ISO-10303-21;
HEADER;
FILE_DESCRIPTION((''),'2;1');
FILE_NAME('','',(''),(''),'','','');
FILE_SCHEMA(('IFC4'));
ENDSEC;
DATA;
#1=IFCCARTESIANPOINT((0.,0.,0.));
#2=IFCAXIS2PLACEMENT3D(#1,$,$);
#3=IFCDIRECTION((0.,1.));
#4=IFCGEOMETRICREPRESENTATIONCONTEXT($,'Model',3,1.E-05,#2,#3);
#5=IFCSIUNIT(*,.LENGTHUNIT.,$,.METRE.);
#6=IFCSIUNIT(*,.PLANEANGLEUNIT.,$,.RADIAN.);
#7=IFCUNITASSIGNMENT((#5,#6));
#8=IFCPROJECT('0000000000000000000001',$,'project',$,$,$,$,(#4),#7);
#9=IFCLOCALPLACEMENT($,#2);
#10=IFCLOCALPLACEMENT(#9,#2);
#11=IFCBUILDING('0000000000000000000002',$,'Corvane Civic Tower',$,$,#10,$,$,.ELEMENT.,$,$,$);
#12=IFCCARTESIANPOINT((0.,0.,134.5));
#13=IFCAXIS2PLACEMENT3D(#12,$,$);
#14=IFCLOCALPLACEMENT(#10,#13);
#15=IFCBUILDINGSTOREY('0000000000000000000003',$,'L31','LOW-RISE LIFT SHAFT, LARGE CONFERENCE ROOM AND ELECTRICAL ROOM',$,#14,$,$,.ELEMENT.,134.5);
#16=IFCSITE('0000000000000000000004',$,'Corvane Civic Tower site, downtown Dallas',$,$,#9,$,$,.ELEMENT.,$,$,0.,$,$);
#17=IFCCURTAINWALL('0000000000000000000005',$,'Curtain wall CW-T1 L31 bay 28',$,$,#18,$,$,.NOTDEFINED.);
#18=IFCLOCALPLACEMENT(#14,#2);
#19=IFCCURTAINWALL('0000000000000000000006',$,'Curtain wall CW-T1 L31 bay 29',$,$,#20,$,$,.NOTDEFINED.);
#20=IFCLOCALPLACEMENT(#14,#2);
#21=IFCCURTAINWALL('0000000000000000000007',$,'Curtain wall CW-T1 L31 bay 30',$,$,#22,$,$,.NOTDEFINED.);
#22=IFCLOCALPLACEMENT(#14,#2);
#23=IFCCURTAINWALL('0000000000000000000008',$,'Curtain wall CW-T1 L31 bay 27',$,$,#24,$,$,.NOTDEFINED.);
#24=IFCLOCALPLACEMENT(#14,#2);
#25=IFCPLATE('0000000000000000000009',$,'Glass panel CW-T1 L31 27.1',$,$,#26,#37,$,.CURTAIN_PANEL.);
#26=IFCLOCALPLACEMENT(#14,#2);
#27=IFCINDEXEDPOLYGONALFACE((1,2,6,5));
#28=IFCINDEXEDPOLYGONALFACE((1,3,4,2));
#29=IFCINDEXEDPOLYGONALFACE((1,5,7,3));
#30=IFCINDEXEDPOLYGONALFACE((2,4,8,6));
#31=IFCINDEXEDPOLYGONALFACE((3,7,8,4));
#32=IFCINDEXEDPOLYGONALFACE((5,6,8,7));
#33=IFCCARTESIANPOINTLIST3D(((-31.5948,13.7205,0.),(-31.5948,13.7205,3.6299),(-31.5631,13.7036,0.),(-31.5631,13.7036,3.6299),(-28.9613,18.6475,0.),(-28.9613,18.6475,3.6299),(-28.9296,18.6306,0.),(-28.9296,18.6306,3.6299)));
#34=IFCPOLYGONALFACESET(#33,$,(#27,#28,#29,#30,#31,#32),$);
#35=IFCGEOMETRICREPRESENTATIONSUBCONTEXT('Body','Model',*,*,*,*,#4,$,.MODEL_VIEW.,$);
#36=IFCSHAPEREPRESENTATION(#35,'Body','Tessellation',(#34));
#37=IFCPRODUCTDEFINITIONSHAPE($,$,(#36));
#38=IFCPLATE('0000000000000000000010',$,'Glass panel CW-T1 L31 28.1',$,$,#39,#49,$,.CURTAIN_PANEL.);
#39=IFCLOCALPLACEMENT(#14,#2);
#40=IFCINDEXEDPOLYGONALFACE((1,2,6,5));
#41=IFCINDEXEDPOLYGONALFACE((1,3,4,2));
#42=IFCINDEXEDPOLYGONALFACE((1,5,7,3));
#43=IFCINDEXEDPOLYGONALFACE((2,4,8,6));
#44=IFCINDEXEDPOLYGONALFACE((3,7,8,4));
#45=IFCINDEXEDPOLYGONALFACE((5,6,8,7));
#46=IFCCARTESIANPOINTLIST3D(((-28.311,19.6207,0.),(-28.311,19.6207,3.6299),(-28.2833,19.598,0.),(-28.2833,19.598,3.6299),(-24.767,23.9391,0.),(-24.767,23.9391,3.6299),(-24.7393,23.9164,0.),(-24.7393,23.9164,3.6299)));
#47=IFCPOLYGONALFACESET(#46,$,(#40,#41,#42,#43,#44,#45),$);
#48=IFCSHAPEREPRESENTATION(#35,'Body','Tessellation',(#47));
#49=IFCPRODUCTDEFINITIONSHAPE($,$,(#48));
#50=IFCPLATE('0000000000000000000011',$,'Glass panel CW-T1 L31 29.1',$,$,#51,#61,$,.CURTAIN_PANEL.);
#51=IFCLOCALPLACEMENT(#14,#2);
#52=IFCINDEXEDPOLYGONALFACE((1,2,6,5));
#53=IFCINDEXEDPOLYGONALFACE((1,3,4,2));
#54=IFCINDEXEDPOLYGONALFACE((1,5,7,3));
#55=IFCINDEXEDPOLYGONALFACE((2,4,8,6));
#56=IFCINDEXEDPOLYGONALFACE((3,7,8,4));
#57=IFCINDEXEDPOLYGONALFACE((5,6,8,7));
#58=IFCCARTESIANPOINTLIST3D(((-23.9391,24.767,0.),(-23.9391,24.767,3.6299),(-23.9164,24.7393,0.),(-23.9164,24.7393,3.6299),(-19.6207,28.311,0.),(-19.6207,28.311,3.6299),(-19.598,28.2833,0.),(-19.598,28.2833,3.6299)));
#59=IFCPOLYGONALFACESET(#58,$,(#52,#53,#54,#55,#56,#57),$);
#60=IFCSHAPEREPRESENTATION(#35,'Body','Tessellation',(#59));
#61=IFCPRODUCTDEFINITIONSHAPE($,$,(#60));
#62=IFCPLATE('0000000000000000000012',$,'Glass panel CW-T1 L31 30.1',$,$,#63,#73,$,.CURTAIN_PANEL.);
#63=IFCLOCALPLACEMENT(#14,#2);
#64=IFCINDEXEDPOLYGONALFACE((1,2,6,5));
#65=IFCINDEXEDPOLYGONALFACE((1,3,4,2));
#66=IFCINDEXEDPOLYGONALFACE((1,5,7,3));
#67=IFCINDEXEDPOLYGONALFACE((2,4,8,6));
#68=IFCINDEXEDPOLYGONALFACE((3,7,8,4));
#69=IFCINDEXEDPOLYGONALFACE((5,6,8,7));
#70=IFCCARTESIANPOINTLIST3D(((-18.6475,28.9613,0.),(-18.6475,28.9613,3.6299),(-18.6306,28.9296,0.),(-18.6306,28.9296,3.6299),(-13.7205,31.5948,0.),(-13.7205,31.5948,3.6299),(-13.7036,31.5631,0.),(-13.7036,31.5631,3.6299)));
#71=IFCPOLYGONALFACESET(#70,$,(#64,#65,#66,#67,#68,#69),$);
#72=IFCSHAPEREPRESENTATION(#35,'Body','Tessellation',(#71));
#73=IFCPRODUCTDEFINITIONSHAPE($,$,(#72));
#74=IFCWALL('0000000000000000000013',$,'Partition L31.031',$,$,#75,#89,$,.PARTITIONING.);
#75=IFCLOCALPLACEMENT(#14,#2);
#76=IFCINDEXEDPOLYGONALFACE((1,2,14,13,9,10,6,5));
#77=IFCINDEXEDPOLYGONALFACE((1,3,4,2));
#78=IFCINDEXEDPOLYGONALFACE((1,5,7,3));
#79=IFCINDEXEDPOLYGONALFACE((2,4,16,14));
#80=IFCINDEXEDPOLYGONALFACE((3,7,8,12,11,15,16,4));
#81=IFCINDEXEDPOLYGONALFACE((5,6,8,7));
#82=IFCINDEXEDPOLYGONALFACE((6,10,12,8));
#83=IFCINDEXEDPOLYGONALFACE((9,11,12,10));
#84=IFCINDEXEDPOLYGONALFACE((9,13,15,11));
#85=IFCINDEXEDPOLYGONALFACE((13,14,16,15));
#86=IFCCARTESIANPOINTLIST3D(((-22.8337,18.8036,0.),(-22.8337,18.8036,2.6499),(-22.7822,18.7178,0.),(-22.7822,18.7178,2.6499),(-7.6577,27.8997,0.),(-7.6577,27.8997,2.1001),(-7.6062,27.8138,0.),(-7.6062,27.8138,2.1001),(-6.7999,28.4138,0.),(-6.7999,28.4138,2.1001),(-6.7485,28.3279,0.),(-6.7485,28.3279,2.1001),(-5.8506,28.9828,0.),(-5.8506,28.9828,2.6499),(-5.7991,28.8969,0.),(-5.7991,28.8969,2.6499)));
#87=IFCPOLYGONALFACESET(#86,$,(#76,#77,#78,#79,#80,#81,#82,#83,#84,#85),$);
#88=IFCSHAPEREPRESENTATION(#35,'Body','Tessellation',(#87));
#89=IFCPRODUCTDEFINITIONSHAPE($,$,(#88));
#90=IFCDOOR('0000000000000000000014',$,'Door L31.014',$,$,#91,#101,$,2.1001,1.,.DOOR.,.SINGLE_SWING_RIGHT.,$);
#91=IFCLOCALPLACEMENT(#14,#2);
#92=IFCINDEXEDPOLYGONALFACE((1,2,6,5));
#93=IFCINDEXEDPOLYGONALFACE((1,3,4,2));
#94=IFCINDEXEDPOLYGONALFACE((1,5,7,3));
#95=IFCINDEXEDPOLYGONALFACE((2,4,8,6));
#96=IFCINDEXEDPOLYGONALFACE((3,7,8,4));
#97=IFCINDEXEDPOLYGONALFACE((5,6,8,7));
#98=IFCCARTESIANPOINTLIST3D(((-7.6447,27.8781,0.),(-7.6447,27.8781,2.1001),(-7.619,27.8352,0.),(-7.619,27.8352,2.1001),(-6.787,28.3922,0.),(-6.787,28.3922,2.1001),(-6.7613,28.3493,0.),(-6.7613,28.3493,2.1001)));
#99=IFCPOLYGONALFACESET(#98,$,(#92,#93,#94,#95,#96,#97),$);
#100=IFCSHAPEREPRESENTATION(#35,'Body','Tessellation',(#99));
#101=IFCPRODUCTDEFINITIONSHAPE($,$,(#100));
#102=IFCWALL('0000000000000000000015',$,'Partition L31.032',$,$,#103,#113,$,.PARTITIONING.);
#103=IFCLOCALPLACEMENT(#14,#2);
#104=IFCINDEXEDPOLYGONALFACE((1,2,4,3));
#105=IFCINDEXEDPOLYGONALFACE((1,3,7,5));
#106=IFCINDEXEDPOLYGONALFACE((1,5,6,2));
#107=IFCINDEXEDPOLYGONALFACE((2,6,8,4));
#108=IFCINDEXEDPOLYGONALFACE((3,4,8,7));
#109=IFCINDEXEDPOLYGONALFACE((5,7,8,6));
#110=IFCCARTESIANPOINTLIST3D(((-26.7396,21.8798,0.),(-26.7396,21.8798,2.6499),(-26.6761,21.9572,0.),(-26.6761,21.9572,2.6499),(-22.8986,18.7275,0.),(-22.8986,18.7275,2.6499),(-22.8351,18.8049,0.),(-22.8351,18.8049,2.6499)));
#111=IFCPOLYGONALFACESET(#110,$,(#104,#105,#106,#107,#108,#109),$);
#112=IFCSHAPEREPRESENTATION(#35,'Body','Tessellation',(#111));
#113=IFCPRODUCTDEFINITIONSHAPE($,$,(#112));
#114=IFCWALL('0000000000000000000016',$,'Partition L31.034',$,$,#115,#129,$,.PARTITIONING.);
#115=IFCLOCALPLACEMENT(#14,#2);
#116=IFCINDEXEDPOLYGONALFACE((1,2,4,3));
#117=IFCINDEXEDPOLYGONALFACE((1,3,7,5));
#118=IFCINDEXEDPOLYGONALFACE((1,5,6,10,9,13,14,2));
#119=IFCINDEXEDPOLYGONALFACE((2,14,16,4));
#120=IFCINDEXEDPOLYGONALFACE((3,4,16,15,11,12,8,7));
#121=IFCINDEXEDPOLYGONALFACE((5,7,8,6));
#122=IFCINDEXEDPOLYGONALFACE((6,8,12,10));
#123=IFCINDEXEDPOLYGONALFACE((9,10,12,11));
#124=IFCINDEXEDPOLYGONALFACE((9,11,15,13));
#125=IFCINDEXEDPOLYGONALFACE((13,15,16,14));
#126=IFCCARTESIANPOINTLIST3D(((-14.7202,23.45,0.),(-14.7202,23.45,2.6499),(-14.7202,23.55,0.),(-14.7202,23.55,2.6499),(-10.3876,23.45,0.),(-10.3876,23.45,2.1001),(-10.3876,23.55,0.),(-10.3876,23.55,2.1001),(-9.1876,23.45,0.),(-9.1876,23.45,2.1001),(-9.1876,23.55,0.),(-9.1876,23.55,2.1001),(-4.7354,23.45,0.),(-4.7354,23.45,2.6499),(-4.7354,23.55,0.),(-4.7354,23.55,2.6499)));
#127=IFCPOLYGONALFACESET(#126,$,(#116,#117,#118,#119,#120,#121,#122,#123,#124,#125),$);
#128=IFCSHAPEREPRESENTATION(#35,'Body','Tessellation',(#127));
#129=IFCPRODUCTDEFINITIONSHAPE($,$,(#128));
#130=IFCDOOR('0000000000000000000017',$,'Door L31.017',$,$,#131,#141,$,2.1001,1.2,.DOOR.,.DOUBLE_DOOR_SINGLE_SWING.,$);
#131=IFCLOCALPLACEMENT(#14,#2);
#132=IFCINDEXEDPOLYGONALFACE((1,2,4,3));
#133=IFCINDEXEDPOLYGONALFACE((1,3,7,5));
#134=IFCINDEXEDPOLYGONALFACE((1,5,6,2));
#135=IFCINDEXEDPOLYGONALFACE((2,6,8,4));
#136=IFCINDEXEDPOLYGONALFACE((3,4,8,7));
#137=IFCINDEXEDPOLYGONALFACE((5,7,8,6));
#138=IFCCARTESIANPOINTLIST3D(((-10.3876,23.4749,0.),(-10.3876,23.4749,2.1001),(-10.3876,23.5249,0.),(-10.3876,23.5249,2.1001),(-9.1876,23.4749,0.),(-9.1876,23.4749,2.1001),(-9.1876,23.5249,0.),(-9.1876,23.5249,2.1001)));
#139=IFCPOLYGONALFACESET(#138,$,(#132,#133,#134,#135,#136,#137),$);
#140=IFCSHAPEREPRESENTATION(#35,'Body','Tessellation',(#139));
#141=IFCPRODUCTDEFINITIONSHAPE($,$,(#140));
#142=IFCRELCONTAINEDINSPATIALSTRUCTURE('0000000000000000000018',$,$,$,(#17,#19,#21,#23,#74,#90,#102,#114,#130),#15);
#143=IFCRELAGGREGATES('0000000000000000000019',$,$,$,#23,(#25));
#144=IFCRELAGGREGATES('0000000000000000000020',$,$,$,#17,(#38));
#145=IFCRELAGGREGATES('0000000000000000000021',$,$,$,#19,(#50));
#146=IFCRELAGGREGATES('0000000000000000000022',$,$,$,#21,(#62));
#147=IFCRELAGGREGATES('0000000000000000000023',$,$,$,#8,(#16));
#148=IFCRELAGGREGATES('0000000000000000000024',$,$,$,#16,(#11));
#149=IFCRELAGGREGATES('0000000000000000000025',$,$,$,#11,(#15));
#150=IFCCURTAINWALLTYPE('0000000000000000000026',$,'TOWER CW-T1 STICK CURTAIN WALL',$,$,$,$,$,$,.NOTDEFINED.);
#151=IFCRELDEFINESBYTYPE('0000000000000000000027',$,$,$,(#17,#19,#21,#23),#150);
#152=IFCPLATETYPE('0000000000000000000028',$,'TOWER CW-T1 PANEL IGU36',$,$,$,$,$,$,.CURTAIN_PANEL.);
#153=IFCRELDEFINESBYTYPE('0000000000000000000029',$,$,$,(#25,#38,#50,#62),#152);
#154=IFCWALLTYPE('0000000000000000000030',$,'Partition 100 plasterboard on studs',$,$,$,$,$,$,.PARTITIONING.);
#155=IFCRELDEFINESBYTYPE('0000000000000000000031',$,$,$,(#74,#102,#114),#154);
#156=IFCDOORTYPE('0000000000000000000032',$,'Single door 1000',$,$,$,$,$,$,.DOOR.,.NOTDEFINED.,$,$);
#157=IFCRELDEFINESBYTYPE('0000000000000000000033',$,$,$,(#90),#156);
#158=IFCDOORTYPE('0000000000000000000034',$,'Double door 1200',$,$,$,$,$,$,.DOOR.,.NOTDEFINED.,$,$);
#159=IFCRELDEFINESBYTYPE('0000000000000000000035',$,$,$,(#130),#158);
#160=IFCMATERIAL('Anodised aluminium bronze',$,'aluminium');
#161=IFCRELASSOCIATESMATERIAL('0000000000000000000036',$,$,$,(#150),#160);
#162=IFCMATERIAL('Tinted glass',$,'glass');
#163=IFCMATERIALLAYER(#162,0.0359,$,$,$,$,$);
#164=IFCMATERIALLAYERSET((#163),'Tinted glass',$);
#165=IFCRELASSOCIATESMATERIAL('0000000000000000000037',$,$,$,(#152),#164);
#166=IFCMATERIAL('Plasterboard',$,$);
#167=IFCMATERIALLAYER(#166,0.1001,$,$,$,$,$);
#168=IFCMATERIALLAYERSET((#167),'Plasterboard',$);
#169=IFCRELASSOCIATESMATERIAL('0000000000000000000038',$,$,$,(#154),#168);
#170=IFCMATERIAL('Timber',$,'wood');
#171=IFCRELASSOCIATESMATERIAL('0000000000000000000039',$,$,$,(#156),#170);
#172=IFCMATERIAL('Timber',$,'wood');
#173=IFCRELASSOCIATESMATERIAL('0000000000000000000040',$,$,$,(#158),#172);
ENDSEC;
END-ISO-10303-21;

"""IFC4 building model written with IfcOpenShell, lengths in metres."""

from ifc_helpers import new_model, si_unit, direction, frame, frame_2d, origin, origin_2d, place, context, subcontext, project, spatial, rectangle, extrude, material, layer, layer_set, type_object, element, fill, aggregate, save


model = new_model("IFC4")

# Units and contexts
model_context = context("Model", 3, precision=1e-05, world=origin(), true_north=direction((0.0, 1.0)))
body_context = subcontext(model_context, "Body", "Model", "MODEL_VIEW")
ifc_project = project(units=[si_unit("LENGTHUNIT", "METRE"), si_unit("PLANEANGLEUNIT", "RADIAN")], contexts=[model_context])

# Site, building, storey
site_placement = place(None, origin())
site = spatial("IfcSite", under=ifc_project, at=site_placement, Name="Corvane Civic Tower site, downtown Dallas", CompositionType="ELEMENT", RefElevation=0.0)
building_placement = place(site_placement, origin())
building = spatial("IfcBuilding", under=site, at=building_placement, Name="Corvane Civic Tower", CompositionType="ELEMENT")
storey_placement = place(building_placement, frame((0.0, 0.0, 134.5)))
storey = spatial("IfcBuildingStorey", under=building, at=storey_placement, Name="L31", Description="LOW-RISE LIFT SHAFT, LARGE CONFERENCE ROOM AND ELECTRICAL ROOM", CompositionType="ELEMENT", Elevation=134.5)

# Curtain walls
ifc_material_1 = material(Name="Anodised aluminium bronze", Category="aluminium")
curtain_wall_type = type_object("IfcCurtainWallType", Name="TOWER CW-T1 STICK CURTAIN WALL", PredefinedType="NOTDEFINED", material=ifc_material_1)
curtain_wall_1_placement = place(storey_placement, origin())
curtain_wall_1 = element("IfcCurtainWall", 1, at=curtain_wall_1_placement, inside=storey, type_object=curtain_wall_type, Name="Curtain wall CW-T1 L31 bay 28", PredefinedType="NOTDEFINED")
curtain_wall_2_placement = place(storey_placement, origin())
curtain_wall_2 = element("IfcCurtainWall", 2, at=curtain_wall_2_placement, inside=storey, type_object=curtain_wall_type, Name="Curtain wall CW-T1 L31 bay 29", PredefinedType="NOTDEFINED")
curtain_wall_3_placement = place(storey_placement, origin())
curtain_wall_3 = element("IfcCurtainWall", 3, at=curtain_wall_3_placement, inside=storey, type_object=curtain_wall_type, Name="Curtain wall CW-T1 L31 bay 30", PredefinedType="NOTDEFINED")

# Curtain wall, plate
curtain_wall_4_placement = place(storey_placement, origin())
curtain_wall_4 = element("IfcCurtainWall", 4, at=curtain_wall_4_placement, inside=storey, type_object=curtain_wall_type, Name="Curtain wall CW-T1 L31 bay 27", PredefinedType="NOTDEFINED")
ifc_material_2 = material(Name="Tinted glass", Category="glass")
ifc_layer_1 = layer(ifc_material_2, 0.0359)
ifc_layer_set_1 = layer_set([ifc_layer_1], Name="Tinted glass")
plate_type = type_object("IfcPlateType", Name="TOWER CW-T1 PANEL IGU36", PredefinedType="CURTAIN_PANEL", material=ifc_layer_set_1)
plate_1_placement = place(storey_placement, frame((-30.2622, 16.1755, 0.0), z_axis=(0.0, 0.0, 1.0), x_axis=(0.471392, 0.881924, 0.0)))
plate_1 = element("IfcPlate", 5, at=plate_1_placement, type_object=plate_type, Name="Glass panel CW-T1 L31 27.1", PredefinedType="CURTAIN_PANEL", context=body_context, shape_type="SweptSolid", body=[
    extrude(rectangle(XDim=5.5867, YDim=0.0359, at=origin_2d()), origin(), (0.0, 0.0, 1.0), 3.6299),
])
aggregate(curtain_wall_4, [plate_1])

# Plates
plate_2_placement = place(storey_placement, frame((-26.5251, 21.7686, 0.0), z_axis=(0.0, 0.0, 1.0), x_axis=(0.63439, 0.773013, 0.0)))
plate_2 = element("IfcPlate", 6, at=plate_2_placement, type_object=plate_type, Name="Glass panel CW-T1 L31 28.1", PredefinedType="CURTAIN_PANEL", context=body_context, shape_type="SweptSolid", body=[
    extrude(rectangle(XDim=5.5864, YDim=0.0359, at=origin_2d()), origin(), (0.0, 0.0, 1.0), 3.6299),
])
aggregate(curtain_wall_1, [plate_2])
plate_3_placement = place(storey_placement, frame((-21.7686, 26.5251, 0.0), z_axis=(0.0, 0.0, 1.0), x_axis=(0.773013, 0.63439, 0.0)))
plate_3 = element("IfcPlate", 7, at=plate_3_placement, type_object=plate_type, Name="Glass panel CW-T1 L31 29.1", PredefinedType="CURTAIN_PANEL", context=body_context, shape_type="SweptSolid", body=[
    extrude(rectangle(XDim=5.5864, YDim=0.0359, at=origin_2d()), origin(), (0.0, 0.0, 1.0), 3.6299),
])
aggregate(curtain_wall_2, [plate_3])
plate_4_placement = place(storey_placement, frame((-16.1755, 30.2622, 0.0), z_axis=(0.0, 0.0, 1.0), x_axis=(0.881924, 0.471392, 0.0)))
plate_4 = element("IfcPlate", 8, at=plate_4_placement, type_object=plate_type, Name="Glass panel CW-T1 L31 30.1", PredefinedType="CURTAIN_PANEL", context=body_context, shape_type="SweptSolid", body=[
    extrude(rectangle(XDim=5.5867, YDim=0.0359, at=origin_2d()), origin(), (0.0, 0.0, 1.0), 3.6299),
])
aggregate(curtain_wall_3, [plate_4])

# Wall, opening, door
ifc_material_3 = material(Name="Plasterboard")
ifc_layer_2 = layer(ifc_material_3, 0.1001)
ifc_layer_set_2 = layer_set([ifc_layer_2], Name="Plasterboard")
wall_type_1 = type_object("IfcWallType", Name="Partition 100 plasterboard on studs", PredefinedType="PARTITIONING", material=ifc_layer_set_2)
wall_1_placement = place(storey_placement, frame((-22.8079, 18.7607, 0.0), z_axis=(0.0, 0.0, 1.0), x_axis=(0.857731, 0.514099, 0.0)))
wall_1 = element("IfcWall", 9, at=wall_1_placement, inside=storey, type_object=wall_type_1, Name="Partition L31.031", PredefinedType="PARTITIONING", context=body_context, shape_type="SweptSolid", body=[
    extrude(rectangle(XDim=19.8, YDim=0.1001, at=frame_2d((9.8999, 0.0))), origin(), (0.0, 0.0, 1.0), 2.6499),
])
opening_1_placement = place(wall_1_placement, frame((17.6931, 0.0, 0.0)))
opening_1 = element("IfcOpeningElement", 10, at=opening_1_placement, cuts=wall_1, PredefinedType="OPENING", context=body_context, shape_type="SweptSolid", body=[
    extrude(rectangle(XDim=1.0, YDim=2.1001, at=frame_2d((0.5, 1.05))), frame((0.0, 0.0601, 0.0), z_axis=(0.0, -1.0, 0.0), x_axis=(1.0, 0.0, 0.0)), (0.0, 0.0, 1.0), 0.1201),
])
ifc_material_4 = material(Name="Timber", Category="wood")
door_type_1 = type_object("IfcDoorType", Name="Single door 1000", OperationType="NOTDEFINED", PredefinedType="DOOR", material=ifc_material_4)
door_1_placement = place(opening_1_placement, origin())
door_1 = element("IfcDoor", 11, at=door_1_placement, inside=storey, type_object=door_type_1, Name="Door L31.014", OperationType="SINGLE_SWING_RIGHT", OverallHeight=2.1001, OverallWidth=1.0, PredefinedType="DOOR", context=body_context, shape_type="SweptSolid", body=[
    extrude(rectangle(XDim=1.0, YDim=2.1001, at=frame_2d((0.5, 1.05))), frame((0.0, 0.0249, 0.0), z_axis=(0.0, -1.0, 0.0), x_axis=(1.0, 0.0, 0.0)), (0.0, 0.0, 1.0), 0.05),
])
fill(opening_1, door_1)

# Wall
wall_2_placement = place(storey_placement, frame((-26.7078, 21.9185, 0.0), z_axis=(0.0, 0.0, 1.0), x_axis=(0.773004, -0.634401, 0.0)))
element("IfcWall", 12, at=wall_2_placement, inside=storey, type_object=wall_type_1, Name="Partition L31.032", PredefinedType="PARTITIONING", context=body_context, shape_type="SweptSolid", body=[
    extrude(rectangle(XDim=4.969, YDim=0.1001, at=frame_2d((2.4844, 0.0))), origin(), (0.0, 0.0, 1.0), 2.6499),
])

# Wall, opening, door
wall_3_placement = place(storey_placement, frame((-14.7202, 23.5, 0.0), z_axis=(0.0, 0.0, 1.0), x_axis=(1.0, 0.0, 0.0)))
wall_3 = element("IfcWall", 13, at=wall_3_placement, inside=storey, type_object=wall_type_1, Name="Partition L31.034", PredefinedType="PARTITIONING", context=body_context, shape_type="SweptSolid", body=[
    extrude(rectangle(XDim=9.9849, YDim=0.1001, at=frame_2d((4.9924, 0.0))), origin(), (0.0, 0.0, 1.0), 2.6499),
])
opening_2_placement = place(wall_3_placement, frame((4.3325, 0.0, 0.0)))
opening_2 = element("IfcOpeningElement", 14, at=opening_2_placement, cuts=wall_3, PredefinedType="OPENING", context=body_context, shape_type="SweptSolid", body=[
    extrude(rectangle(XDim=1.2, YDim=2.1001, at=frame_2d((0.6001, 1.05))), frame((0.0, 0.0601, 0.0), z_axis=(0.0, -1.0, 0.0), x_axis=(1.0, 0.0, 0.0)), (0.0, 0.0, 1.0), 0.1201),
])
ifc_material_5 = material(Name="Timber", Category="wood")
door_type_2 = type_object("IfcDoorType", Name="Double door 1200", OperationType="NOTDEFINED", PredefinedType="DOOR", material=ifc_material_5)
door_2_placement = place(opening_2_placement, origin())
door_2 = element("IfcDoor", 15, at=door_2_placement, inside=storey, type_object=door_type_2, Name="Door L31.017", OperationType="DOUBLE_DOOR_SINGLE_SWING", OverallHeight=2.1001, OverallWidth=1.2, PredefinedType="DOOR", context=body_context, shape_type="SweptSolid", body=[
    extrude(rectangle(XDim=1.2, YDim=2.1001, at=frame_2d((0.6001, 1.05))), frame((0.0, 0.0249, 0.0), z_axis=(0.0, -1.0, 0.0), x_axis=(1.0, 0.0, 0.0)), (0.0, 0.0, 1.0), 0.05),
])
fill(opening_2, door_2)

save(model, "model.ifc")
